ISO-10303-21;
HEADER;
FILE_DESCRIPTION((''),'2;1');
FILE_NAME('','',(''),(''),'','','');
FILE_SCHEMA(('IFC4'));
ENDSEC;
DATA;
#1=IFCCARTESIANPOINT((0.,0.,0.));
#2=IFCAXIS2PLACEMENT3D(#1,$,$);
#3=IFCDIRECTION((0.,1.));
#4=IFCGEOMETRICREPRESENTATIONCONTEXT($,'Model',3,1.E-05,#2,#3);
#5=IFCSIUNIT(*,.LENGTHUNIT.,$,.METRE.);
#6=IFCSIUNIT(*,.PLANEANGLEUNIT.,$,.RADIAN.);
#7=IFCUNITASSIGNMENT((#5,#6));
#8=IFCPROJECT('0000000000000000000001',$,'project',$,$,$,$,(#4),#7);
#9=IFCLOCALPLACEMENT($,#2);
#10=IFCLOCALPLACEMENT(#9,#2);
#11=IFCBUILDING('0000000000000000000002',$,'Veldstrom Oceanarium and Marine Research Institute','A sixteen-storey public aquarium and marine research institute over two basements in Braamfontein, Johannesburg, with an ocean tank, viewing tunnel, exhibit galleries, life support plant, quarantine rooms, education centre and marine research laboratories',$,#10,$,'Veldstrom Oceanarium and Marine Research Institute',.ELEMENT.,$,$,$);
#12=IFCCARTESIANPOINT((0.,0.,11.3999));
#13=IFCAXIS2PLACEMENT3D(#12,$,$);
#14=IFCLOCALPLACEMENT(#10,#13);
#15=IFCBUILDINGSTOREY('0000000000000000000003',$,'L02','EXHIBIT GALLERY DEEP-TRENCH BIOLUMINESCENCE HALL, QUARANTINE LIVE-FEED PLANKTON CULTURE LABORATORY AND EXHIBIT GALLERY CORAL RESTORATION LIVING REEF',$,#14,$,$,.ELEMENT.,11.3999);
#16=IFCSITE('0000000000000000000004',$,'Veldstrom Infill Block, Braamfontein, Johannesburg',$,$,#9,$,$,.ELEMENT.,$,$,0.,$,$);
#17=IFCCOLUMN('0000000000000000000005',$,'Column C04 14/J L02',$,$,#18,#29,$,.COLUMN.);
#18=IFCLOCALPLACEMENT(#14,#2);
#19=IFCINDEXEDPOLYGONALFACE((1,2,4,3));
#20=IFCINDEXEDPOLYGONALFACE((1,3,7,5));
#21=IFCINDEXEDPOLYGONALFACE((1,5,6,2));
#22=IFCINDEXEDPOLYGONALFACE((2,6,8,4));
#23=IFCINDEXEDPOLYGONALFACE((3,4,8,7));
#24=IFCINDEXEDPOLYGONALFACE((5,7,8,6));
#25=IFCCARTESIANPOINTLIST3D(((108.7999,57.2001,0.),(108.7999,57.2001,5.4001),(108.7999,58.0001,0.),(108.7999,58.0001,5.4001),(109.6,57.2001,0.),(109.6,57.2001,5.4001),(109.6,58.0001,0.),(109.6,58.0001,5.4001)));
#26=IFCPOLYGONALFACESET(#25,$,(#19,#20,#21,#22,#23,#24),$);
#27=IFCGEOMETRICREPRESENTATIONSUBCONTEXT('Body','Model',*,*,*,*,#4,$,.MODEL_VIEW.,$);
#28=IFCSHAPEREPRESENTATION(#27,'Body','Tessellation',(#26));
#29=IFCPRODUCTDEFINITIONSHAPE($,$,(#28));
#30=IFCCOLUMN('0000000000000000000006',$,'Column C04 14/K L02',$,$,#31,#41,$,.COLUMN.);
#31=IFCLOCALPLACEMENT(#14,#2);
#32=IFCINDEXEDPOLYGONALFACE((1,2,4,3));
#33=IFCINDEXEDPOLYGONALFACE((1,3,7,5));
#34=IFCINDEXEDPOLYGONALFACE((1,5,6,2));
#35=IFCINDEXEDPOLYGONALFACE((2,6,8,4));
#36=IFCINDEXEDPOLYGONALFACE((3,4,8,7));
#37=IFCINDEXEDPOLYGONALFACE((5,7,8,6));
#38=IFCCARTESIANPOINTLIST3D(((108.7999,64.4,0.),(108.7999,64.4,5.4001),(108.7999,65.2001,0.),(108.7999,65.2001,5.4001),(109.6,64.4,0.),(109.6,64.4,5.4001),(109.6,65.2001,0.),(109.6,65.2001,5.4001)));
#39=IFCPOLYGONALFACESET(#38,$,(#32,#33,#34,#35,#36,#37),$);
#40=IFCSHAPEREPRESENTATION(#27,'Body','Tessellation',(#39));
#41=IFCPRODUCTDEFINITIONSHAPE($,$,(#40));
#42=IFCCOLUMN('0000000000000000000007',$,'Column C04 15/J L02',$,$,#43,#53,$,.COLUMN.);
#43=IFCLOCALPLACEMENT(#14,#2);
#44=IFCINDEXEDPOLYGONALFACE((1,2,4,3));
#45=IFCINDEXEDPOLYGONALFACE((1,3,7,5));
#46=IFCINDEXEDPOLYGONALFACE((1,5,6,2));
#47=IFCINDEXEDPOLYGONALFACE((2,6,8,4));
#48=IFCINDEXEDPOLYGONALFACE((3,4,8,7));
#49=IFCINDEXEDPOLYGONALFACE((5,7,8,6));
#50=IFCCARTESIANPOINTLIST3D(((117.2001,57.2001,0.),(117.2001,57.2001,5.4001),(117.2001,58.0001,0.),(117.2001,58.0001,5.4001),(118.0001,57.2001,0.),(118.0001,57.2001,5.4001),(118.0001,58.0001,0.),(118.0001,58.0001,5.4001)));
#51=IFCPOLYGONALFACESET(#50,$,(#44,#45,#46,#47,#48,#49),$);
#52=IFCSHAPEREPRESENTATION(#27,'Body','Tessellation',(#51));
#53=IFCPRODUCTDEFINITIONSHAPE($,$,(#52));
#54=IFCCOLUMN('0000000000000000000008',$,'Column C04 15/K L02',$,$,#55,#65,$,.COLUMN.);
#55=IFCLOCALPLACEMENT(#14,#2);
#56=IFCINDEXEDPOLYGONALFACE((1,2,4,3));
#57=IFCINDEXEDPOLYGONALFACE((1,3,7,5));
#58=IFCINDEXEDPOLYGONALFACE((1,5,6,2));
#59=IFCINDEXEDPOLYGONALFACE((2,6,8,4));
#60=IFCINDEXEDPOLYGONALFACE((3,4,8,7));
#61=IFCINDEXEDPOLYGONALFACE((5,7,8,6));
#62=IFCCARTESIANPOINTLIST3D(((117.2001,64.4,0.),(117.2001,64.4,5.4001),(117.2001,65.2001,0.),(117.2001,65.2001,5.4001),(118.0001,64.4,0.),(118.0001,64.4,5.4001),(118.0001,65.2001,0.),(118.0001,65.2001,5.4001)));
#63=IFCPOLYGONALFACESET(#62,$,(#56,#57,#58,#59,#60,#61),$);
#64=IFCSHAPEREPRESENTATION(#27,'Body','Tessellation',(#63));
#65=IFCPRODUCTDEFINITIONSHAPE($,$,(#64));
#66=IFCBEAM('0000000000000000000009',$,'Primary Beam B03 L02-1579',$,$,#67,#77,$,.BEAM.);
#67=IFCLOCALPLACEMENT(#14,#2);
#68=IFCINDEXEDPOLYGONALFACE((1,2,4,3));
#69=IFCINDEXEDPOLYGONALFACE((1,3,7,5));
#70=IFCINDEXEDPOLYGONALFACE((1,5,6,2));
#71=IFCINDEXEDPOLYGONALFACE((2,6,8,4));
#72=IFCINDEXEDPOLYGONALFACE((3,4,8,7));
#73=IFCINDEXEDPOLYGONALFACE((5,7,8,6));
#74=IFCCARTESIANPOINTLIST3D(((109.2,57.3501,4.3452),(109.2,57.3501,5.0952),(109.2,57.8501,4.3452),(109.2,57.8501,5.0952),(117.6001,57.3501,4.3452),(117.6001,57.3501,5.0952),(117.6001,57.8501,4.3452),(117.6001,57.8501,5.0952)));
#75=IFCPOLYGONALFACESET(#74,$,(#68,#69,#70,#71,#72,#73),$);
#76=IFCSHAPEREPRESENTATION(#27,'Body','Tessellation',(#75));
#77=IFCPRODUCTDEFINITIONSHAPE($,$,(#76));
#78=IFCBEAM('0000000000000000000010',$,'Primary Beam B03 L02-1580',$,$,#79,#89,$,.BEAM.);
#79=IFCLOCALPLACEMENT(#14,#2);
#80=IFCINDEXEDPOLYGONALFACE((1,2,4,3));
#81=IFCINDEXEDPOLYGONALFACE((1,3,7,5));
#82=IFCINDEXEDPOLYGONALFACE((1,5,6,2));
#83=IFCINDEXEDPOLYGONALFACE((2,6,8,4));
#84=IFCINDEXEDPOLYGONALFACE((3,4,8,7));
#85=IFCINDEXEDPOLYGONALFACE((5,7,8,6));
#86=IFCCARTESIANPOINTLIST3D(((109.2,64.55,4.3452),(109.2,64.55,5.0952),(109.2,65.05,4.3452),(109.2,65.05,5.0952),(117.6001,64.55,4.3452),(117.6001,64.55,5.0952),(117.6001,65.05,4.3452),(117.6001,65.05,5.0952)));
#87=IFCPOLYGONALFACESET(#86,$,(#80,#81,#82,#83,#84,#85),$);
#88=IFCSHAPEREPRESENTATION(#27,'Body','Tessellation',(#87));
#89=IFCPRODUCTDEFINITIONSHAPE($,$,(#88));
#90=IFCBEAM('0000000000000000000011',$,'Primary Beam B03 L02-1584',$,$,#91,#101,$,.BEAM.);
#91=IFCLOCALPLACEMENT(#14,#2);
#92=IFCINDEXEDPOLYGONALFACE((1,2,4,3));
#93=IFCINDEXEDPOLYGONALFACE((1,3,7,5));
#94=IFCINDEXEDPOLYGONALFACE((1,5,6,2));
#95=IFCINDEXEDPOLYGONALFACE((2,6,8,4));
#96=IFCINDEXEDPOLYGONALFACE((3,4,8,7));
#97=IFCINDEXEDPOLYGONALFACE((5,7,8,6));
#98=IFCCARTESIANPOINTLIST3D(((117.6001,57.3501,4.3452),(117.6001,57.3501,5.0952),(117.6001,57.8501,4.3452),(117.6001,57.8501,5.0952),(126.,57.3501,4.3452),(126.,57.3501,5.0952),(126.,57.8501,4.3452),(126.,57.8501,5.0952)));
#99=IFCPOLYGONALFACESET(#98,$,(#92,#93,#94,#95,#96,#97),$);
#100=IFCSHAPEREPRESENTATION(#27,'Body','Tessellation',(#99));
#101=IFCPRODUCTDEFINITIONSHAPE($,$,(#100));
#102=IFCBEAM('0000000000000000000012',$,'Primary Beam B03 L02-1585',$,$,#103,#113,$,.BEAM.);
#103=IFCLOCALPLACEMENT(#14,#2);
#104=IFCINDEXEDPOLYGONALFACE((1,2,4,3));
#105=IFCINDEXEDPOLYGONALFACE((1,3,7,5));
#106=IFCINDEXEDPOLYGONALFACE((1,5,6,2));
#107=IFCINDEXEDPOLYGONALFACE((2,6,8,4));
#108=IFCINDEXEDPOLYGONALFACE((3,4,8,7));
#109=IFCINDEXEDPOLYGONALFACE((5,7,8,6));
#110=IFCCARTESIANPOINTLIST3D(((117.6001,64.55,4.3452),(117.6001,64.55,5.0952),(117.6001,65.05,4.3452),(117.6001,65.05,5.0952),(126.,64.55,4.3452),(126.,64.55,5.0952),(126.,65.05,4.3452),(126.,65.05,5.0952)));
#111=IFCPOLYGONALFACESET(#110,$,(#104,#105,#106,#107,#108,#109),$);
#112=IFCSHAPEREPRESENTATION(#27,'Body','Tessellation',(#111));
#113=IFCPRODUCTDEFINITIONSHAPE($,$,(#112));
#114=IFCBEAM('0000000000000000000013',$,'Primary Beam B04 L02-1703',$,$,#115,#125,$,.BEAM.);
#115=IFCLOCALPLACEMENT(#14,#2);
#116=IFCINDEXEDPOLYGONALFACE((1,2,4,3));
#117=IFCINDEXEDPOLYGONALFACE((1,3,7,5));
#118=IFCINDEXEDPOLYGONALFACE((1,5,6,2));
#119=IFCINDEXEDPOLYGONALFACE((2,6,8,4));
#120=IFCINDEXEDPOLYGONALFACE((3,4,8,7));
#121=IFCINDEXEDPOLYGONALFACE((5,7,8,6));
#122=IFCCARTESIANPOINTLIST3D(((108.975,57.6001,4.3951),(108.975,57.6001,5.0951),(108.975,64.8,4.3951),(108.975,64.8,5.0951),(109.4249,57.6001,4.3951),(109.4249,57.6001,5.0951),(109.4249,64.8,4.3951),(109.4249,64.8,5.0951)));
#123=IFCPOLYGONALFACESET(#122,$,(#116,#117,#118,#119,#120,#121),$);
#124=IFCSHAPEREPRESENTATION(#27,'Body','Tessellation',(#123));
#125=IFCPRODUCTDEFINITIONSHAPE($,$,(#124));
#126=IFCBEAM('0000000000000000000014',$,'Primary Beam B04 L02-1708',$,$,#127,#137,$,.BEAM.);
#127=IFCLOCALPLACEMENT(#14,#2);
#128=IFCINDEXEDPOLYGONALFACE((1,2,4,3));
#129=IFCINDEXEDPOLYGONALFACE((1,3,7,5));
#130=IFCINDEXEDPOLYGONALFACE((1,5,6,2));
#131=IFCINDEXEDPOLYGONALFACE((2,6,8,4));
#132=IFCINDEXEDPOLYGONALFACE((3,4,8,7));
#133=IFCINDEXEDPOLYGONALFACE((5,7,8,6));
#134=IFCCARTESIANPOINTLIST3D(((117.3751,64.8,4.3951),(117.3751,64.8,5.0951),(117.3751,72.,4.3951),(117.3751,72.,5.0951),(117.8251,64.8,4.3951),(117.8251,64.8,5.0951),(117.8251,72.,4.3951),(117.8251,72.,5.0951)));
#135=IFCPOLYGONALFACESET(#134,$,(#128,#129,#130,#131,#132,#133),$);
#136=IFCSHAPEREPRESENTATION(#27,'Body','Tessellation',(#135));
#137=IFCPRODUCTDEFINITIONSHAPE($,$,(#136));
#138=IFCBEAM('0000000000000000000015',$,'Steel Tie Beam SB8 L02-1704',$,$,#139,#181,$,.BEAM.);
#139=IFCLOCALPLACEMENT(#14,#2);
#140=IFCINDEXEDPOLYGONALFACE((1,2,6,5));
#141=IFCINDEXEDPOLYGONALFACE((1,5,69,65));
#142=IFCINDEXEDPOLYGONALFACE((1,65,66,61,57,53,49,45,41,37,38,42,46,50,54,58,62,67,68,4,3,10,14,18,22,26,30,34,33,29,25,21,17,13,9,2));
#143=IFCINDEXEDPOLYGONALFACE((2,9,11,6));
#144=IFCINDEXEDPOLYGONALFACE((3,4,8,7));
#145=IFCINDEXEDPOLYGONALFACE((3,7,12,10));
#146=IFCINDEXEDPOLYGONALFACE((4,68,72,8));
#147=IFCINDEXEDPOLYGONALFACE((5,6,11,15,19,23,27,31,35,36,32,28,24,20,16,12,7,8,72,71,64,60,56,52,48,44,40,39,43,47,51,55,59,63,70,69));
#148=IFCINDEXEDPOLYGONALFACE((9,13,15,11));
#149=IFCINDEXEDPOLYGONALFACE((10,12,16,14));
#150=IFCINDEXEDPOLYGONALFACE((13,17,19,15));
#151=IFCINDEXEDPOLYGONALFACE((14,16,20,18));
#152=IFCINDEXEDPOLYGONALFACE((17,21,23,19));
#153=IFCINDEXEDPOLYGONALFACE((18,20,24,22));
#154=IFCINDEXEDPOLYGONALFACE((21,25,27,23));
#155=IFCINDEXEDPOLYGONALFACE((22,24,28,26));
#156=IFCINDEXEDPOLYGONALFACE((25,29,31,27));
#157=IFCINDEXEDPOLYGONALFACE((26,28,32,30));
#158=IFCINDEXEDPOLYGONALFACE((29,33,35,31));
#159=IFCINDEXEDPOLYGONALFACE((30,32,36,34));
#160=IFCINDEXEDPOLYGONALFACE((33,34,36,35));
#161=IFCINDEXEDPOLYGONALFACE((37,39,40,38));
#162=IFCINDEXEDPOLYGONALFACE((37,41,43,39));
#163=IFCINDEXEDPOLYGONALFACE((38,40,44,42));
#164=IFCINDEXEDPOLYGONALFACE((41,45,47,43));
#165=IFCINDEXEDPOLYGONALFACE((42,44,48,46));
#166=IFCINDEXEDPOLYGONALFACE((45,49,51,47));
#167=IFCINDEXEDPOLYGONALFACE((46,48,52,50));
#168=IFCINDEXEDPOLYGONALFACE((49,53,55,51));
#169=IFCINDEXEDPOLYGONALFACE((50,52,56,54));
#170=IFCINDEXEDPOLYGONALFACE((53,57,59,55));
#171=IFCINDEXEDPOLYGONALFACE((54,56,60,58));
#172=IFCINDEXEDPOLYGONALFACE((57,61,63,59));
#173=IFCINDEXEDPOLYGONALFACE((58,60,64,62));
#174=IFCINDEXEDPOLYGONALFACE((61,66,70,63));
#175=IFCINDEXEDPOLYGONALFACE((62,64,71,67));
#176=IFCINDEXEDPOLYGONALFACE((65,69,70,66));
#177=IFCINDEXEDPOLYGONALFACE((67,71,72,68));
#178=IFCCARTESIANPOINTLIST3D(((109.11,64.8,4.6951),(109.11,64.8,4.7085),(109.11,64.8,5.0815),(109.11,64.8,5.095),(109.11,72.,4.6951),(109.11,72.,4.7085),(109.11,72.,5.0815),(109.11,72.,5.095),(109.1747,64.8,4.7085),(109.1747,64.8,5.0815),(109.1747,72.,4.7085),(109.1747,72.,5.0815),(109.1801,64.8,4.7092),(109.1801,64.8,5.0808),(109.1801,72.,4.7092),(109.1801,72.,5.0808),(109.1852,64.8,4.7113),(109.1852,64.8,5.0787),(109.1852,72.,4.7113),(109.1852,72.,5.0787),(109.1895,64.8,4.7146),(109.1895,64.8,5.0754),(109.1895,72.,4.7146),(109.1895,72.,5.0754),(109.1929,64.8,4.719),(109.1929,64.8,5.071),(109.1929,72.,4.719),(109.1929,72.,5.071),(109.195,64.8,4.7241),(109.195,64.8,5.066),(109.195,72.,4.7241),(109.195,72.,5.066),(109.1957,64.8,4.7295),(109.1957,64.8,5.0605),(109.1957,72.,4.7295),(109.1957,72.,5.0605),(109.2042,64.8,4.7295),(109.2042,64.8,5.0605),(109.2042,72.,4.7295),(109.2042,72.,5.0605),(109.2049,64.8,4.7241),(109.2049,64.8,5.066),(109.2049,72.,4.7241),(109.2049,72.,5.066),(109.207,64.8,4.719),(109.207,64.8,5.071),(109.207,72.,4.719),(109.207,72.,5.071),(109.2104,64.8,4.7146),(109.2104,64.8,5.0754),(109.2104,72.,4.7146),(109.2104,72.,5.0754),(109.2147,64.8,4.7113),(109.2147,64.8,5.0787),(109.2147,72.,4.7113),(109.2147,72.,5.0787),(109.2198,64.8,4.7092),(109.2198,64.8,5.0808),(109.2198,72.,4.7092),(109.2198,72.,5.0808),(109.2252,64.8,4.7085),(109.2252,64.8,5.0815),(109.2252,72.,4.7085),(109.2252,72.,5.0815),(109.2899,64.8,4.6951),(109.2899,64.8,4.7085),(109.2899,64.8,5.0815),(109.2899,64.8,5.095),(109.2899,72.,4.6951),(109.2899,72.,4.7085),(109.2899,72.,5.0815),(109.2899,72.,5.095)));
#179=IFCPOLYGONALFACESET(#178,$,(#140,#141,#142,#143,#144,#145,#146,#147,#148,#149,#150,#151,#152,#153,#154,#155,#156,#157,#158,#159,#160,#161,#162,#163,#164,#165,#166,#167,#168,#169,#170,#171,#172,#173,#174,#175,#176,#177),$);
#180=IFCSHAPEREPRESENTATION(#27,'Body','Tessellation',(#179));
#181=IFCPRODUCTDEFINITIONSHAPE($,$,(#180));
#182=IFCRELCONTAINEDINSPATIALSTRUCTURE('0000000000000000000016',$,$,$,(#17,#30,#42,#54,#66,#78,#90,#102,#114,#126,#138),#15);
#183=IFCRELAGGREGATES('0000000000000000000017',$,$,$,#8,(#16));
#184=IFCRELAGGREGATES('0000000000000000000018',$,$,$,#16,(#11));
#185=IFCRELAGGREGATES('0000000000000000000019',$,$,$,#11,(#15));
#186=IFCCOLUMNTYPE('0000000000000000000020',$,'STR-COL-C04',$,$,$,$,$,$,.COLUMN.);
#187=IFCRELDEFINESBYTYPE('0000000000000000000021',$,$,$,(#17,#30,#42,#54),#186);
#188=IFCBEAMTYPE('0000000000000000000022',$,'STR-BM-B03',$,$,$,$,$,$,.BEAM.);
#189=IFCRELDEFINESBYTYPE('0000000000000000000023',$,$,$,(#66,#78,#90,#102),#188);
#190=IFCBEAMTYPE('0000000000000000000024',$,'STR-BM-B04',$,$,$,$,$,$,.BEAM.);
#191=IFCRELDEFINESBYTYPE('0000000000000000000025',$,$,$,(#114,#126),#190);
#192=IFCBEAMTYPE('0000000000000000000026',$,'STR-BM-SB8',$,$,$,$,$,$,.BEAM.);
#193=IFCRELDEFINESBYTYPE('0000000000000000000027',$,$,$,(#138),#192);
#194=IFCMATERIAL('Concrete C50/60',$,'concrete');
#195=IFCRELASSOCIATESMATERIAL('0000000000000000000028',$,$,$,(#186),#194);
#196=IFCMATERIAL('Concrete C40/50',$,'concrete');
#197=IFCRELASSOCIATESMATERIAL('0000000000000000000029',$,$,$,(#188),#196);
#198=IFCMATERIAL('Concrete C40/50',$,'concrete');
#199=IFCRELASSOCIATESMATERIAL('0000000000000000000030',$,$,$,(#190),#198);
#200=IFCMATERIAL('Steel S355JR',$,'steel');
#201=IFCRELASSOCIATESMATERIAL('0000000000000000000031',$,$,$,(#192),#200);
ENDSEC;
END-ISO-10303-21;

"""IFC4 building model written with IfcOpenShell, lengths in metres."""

from ifc_helpers import new_model, si_unit, direction, frame, origin, origin_2d, place, context, subcontext, project, spatial, rectangle, i_section, extrude, material, material_profile, profile_set, type_object, element, save


model = new_model("IFC4")

# Units and contexts
model_context = context("Model", 3, precision=1e-05, world=origin(), true_north=direction((0.0, 1.0)))
body_context = subcontext(model_context, "Body", "Model", "MODEL_VIEW")
ifc_project = project(units=[si_unit("LENGTHUNIT", "METRE"), si_unit("PLANEANGLEUNIT", "RADIAN")], contexts=[model_context])

# Site, building, storey
site_placement = place(None, origin())
site = spatial("IfcSite", under=ifc_project, at=site_placement, Name="Veldstrom Infill Block, Braamfontein, Johannesburg", CompositionType="ELEMENT", RefElevation=0.0)
building_placement = place(site_placement, origin())
building = spatial("IfcBuilding", under=site, at=building_placement, Name="Veldstrom Oceanarium and Marine Research Institute", Description="A sixteen-storey public aquarium and marine research institute over two basements in Braamfontein, Johannesburg, with an ocean tank, viewing tunnel, exhibit galleries, life support plant, quarantine rooms, education centre and marine research laboratories", LongName="Veldstrom Oceanarium and Marine Research Institute", CompositionType="ELEMENT")
storey_placement = place(building_placement, frame((0.0, 0.0, 11.3999)))
storey = spatial("IfcBuildingStorey", under=building, at=storey_placement, Name="L02", Description="EXHIBIT GALLERY DEEP-TRENCH BIOLUMINESCENCE HALL, QUARANTINE LIVE-FEED PLANKTON CULTURE LABORATORY AND EXHIBIT GALLERY CORAL RESTORATION LIVING REEF", CompositionType="ELEMENT", Elevation=11.3999)

# Columns
ifc_material_1 = material(Name="Concrete C50/60", Category="concrete")
ifc_material_profile_1 = material_profile(ifc_material_1, rectangle(XDim=0.8, YDim=0.8, at=origin_2d()), Name="RC-COL-800x800")
ifc_profile_set_1 = profile_set([ifc_material_profile_1], Name="Concrete C50/60")
column_type = type_object("IfcColumnType", Name="STR-COL-C04", PredefinedType="COLUMN", material=ifc_profile_set_1)
for number, where, z_axis, x_axis, name in (
    (1, (109.2, 57.6001, 0.0), (0.0, 0.0, 1.0), (1.0, 0.0, 0.0), "Column C04 14/J L02"),
    (2, (109.2, 64.8, 0.0), (0.0, 0.0, 1.0), (1.0, 0.0, 0.0), "Column C04 14/K L02"),
    (3, (117.6001, 57.6001, 0.0), (0.0, 0.0, 1.0), (1.0, 0.0, 0.0), "Column C04 15/J L02"),
    (4, (117.6001, 64.8, 0.0), (0.0, 0.0, 1.0), (1.0, 0.0, 0.0), "Column C04 15/K L02"),
):
    element("IfcColumn", number, at=place(storey_placement, frame(where, z_axis=z_axis, x_axis=x_axis)), inside=storey, type_object=column_type, Name=name, PredefinedType="COLUMN", context=body_context, shape_type="SweptSolid", body=[
        extrude(rectangle(XDim=0.8, YDim=0.8, at=origin_2d()), origin(), (0.0, 0.0, 1.0), 5.4001),
    ])

# Beams
ifc_material_2 = material(Name="Concrete C40/50", Category="concrete")
ifc_material_profile_2 = material_profile(ifc_material_2, rectangle(XDim=0.5, YDim=0.75, at=origin_2d()), Name="RC-BM-500x750")
ifc_profile_set_2 = profile_set([ifc_material_profile_2], Name="Concrete C40/50")
beam_type_1 = type_object("IfcBeamType", Name="STR-BM-B03", PredefinedType="BEAM", material=ifc_profile_set_2)
for number, where, z_axis, x_axis, name in (
    (5, (109.2, 57.6001, 4.7202), (1.0, 0.0, 0.0), (0.0, 1.0, 0.0), "Primary Beam B03 L02-1579"),
    (6, (109.2, 64.8, 4.7202), (1.0, 0.0, 0.0), (0.0, 1.0, 0.0), "Primary Beam B03 L02-1580"),
):
    element("IfcBeam", number, at=place(storey_placement, frame(where, z_axis=z_axis, x_axis=x_axis)), inside=storey, type_object=beam_type_1, Name=name, PredefinedType="BEAM", context=body_context, shape_type="SweptSolid", body=[
        extrude(rectangle(XDim=0.5, YDim=0.75, at=origin_2d()), origin(), (0.0, 0.0, 1.0), 8.4001),
    ])
for number, where, z_axis, x_axis, name in (
    (7, (117.6001, 57.6001, 4.7202), (1.0, 0.0, 0.0), (0.0, 1.0, 0.0), "Primary Beam B03 L02-1584"),
    (8, (117.6001, 64.8, 4.7202), (1.0, 0.0, 0.0), (0.0, 1.0, 0.0), "Primary Beam B03 L02-1585"),
):
    element("IfcBeam", number, at=place(storey_placement, frame(where, z_axis=z_axis, x_axis=x_axis)), inside=storey, type_object=beam_type_1, Name=name, PredefinedType="BEAM", context=body_context, shape_type="SweptSolid", body=[
        extrude(rectangle(XDim=0.5, YDim=0.75, at=origin_2d()), origin(), (0.0, 0.0, 1.0), 8.3999),
    ])
ifc_material_3 = material(Name="Concrete C40/50", Category="concrete")
ifc_material_profile_3 = material_profile(ifc_material_3, rectangle(XDim=0.45, YDim=0.7, at=origin_2d()), Name="RC-BM-450x700")
ifc_profile_set_3 = profile_set([ifc_material_profile_3], Name="Concrete C40/50")
beam_type_2 = type_object("IfcBeamType", Name="STR-BM-B04", PredefinedType="BEAM", material=ifc_profile_set_3)
for number, where, z_axis, x_axis, name in (
    (9, (109.2, 57.6001, 4.7451), (0.0, 1.0, 0.0), (-1.0, 0.0, 0.0), "Primary Beam B04 L02-1703"),
    (10, (117.6001, 64.8, 4.7451), (0.0, 1.0, 0.0), (-1.0, 0.0, 0.0), "Primary Beam B04 L02-1708"),
):
    element("IfcBeam", number, at=place(storey_placement, frame(where, z_axis=z_axis, x_axis=x_axis)), inside=storey, type_object=beam_type_2, Name=name, PredefinedType="BEAM", context=body_context, shape_type="SweptSolid", body=[
        extrude(rectangle(XDim=0.45, YDim=0.7, at=origin_2d()), origin(), (0.0, 0.0, 1.0), 7.2),
    ])
ifc_material_4 = material(Name="Steel S355JR", Category="steel")
ifc_material_profile_4 = material_profile(ifc_material_4, i_section(OverallWidth=0.1799, OverallDepth=0.3999, WebThickness=0.0085, FlangeThickness=0.0134, FilletRadius=0.021, at=origin_2d()), Name="IPE 400")
ifc_profile_set_4 = profile_set([ifc_material_profile_4], Name="Steel S355JR")
beam_type_3 = type_object("IfcBeamType", Name="STR-BM-SB8", PredefinedType="BEAM", material=ifc_profile_set_4)
for number, where, z_axis, x_axis, name in (
    (11, (109.2, 64.8, 4.895), (0.0, 1.0, 0.0), (-1.0, 0.0, 0.0), "Steel Tie Beam SB8 L02-1704"),
):
    element("IfcBeam", number, at=place(storey_placement, frame(where, z_axis=z_axis, x_axis=x_axis)), inside=storey, type_object=beam_type_3, Name=name, PredefinedType="BEAM", context=body_context, shape_type="SweptSolid", body=[
        extrude(i_section(OverallWidth=0.1799, OverallDepth=0.3999, WebThickness=0.0085, FlangeThickness=0.0134, FilletRadius=0.021, at=origin_2d()), origin(), (0.0, 0.0, 1.0), 7.2),
    ])

save(model, "model.ifc")
